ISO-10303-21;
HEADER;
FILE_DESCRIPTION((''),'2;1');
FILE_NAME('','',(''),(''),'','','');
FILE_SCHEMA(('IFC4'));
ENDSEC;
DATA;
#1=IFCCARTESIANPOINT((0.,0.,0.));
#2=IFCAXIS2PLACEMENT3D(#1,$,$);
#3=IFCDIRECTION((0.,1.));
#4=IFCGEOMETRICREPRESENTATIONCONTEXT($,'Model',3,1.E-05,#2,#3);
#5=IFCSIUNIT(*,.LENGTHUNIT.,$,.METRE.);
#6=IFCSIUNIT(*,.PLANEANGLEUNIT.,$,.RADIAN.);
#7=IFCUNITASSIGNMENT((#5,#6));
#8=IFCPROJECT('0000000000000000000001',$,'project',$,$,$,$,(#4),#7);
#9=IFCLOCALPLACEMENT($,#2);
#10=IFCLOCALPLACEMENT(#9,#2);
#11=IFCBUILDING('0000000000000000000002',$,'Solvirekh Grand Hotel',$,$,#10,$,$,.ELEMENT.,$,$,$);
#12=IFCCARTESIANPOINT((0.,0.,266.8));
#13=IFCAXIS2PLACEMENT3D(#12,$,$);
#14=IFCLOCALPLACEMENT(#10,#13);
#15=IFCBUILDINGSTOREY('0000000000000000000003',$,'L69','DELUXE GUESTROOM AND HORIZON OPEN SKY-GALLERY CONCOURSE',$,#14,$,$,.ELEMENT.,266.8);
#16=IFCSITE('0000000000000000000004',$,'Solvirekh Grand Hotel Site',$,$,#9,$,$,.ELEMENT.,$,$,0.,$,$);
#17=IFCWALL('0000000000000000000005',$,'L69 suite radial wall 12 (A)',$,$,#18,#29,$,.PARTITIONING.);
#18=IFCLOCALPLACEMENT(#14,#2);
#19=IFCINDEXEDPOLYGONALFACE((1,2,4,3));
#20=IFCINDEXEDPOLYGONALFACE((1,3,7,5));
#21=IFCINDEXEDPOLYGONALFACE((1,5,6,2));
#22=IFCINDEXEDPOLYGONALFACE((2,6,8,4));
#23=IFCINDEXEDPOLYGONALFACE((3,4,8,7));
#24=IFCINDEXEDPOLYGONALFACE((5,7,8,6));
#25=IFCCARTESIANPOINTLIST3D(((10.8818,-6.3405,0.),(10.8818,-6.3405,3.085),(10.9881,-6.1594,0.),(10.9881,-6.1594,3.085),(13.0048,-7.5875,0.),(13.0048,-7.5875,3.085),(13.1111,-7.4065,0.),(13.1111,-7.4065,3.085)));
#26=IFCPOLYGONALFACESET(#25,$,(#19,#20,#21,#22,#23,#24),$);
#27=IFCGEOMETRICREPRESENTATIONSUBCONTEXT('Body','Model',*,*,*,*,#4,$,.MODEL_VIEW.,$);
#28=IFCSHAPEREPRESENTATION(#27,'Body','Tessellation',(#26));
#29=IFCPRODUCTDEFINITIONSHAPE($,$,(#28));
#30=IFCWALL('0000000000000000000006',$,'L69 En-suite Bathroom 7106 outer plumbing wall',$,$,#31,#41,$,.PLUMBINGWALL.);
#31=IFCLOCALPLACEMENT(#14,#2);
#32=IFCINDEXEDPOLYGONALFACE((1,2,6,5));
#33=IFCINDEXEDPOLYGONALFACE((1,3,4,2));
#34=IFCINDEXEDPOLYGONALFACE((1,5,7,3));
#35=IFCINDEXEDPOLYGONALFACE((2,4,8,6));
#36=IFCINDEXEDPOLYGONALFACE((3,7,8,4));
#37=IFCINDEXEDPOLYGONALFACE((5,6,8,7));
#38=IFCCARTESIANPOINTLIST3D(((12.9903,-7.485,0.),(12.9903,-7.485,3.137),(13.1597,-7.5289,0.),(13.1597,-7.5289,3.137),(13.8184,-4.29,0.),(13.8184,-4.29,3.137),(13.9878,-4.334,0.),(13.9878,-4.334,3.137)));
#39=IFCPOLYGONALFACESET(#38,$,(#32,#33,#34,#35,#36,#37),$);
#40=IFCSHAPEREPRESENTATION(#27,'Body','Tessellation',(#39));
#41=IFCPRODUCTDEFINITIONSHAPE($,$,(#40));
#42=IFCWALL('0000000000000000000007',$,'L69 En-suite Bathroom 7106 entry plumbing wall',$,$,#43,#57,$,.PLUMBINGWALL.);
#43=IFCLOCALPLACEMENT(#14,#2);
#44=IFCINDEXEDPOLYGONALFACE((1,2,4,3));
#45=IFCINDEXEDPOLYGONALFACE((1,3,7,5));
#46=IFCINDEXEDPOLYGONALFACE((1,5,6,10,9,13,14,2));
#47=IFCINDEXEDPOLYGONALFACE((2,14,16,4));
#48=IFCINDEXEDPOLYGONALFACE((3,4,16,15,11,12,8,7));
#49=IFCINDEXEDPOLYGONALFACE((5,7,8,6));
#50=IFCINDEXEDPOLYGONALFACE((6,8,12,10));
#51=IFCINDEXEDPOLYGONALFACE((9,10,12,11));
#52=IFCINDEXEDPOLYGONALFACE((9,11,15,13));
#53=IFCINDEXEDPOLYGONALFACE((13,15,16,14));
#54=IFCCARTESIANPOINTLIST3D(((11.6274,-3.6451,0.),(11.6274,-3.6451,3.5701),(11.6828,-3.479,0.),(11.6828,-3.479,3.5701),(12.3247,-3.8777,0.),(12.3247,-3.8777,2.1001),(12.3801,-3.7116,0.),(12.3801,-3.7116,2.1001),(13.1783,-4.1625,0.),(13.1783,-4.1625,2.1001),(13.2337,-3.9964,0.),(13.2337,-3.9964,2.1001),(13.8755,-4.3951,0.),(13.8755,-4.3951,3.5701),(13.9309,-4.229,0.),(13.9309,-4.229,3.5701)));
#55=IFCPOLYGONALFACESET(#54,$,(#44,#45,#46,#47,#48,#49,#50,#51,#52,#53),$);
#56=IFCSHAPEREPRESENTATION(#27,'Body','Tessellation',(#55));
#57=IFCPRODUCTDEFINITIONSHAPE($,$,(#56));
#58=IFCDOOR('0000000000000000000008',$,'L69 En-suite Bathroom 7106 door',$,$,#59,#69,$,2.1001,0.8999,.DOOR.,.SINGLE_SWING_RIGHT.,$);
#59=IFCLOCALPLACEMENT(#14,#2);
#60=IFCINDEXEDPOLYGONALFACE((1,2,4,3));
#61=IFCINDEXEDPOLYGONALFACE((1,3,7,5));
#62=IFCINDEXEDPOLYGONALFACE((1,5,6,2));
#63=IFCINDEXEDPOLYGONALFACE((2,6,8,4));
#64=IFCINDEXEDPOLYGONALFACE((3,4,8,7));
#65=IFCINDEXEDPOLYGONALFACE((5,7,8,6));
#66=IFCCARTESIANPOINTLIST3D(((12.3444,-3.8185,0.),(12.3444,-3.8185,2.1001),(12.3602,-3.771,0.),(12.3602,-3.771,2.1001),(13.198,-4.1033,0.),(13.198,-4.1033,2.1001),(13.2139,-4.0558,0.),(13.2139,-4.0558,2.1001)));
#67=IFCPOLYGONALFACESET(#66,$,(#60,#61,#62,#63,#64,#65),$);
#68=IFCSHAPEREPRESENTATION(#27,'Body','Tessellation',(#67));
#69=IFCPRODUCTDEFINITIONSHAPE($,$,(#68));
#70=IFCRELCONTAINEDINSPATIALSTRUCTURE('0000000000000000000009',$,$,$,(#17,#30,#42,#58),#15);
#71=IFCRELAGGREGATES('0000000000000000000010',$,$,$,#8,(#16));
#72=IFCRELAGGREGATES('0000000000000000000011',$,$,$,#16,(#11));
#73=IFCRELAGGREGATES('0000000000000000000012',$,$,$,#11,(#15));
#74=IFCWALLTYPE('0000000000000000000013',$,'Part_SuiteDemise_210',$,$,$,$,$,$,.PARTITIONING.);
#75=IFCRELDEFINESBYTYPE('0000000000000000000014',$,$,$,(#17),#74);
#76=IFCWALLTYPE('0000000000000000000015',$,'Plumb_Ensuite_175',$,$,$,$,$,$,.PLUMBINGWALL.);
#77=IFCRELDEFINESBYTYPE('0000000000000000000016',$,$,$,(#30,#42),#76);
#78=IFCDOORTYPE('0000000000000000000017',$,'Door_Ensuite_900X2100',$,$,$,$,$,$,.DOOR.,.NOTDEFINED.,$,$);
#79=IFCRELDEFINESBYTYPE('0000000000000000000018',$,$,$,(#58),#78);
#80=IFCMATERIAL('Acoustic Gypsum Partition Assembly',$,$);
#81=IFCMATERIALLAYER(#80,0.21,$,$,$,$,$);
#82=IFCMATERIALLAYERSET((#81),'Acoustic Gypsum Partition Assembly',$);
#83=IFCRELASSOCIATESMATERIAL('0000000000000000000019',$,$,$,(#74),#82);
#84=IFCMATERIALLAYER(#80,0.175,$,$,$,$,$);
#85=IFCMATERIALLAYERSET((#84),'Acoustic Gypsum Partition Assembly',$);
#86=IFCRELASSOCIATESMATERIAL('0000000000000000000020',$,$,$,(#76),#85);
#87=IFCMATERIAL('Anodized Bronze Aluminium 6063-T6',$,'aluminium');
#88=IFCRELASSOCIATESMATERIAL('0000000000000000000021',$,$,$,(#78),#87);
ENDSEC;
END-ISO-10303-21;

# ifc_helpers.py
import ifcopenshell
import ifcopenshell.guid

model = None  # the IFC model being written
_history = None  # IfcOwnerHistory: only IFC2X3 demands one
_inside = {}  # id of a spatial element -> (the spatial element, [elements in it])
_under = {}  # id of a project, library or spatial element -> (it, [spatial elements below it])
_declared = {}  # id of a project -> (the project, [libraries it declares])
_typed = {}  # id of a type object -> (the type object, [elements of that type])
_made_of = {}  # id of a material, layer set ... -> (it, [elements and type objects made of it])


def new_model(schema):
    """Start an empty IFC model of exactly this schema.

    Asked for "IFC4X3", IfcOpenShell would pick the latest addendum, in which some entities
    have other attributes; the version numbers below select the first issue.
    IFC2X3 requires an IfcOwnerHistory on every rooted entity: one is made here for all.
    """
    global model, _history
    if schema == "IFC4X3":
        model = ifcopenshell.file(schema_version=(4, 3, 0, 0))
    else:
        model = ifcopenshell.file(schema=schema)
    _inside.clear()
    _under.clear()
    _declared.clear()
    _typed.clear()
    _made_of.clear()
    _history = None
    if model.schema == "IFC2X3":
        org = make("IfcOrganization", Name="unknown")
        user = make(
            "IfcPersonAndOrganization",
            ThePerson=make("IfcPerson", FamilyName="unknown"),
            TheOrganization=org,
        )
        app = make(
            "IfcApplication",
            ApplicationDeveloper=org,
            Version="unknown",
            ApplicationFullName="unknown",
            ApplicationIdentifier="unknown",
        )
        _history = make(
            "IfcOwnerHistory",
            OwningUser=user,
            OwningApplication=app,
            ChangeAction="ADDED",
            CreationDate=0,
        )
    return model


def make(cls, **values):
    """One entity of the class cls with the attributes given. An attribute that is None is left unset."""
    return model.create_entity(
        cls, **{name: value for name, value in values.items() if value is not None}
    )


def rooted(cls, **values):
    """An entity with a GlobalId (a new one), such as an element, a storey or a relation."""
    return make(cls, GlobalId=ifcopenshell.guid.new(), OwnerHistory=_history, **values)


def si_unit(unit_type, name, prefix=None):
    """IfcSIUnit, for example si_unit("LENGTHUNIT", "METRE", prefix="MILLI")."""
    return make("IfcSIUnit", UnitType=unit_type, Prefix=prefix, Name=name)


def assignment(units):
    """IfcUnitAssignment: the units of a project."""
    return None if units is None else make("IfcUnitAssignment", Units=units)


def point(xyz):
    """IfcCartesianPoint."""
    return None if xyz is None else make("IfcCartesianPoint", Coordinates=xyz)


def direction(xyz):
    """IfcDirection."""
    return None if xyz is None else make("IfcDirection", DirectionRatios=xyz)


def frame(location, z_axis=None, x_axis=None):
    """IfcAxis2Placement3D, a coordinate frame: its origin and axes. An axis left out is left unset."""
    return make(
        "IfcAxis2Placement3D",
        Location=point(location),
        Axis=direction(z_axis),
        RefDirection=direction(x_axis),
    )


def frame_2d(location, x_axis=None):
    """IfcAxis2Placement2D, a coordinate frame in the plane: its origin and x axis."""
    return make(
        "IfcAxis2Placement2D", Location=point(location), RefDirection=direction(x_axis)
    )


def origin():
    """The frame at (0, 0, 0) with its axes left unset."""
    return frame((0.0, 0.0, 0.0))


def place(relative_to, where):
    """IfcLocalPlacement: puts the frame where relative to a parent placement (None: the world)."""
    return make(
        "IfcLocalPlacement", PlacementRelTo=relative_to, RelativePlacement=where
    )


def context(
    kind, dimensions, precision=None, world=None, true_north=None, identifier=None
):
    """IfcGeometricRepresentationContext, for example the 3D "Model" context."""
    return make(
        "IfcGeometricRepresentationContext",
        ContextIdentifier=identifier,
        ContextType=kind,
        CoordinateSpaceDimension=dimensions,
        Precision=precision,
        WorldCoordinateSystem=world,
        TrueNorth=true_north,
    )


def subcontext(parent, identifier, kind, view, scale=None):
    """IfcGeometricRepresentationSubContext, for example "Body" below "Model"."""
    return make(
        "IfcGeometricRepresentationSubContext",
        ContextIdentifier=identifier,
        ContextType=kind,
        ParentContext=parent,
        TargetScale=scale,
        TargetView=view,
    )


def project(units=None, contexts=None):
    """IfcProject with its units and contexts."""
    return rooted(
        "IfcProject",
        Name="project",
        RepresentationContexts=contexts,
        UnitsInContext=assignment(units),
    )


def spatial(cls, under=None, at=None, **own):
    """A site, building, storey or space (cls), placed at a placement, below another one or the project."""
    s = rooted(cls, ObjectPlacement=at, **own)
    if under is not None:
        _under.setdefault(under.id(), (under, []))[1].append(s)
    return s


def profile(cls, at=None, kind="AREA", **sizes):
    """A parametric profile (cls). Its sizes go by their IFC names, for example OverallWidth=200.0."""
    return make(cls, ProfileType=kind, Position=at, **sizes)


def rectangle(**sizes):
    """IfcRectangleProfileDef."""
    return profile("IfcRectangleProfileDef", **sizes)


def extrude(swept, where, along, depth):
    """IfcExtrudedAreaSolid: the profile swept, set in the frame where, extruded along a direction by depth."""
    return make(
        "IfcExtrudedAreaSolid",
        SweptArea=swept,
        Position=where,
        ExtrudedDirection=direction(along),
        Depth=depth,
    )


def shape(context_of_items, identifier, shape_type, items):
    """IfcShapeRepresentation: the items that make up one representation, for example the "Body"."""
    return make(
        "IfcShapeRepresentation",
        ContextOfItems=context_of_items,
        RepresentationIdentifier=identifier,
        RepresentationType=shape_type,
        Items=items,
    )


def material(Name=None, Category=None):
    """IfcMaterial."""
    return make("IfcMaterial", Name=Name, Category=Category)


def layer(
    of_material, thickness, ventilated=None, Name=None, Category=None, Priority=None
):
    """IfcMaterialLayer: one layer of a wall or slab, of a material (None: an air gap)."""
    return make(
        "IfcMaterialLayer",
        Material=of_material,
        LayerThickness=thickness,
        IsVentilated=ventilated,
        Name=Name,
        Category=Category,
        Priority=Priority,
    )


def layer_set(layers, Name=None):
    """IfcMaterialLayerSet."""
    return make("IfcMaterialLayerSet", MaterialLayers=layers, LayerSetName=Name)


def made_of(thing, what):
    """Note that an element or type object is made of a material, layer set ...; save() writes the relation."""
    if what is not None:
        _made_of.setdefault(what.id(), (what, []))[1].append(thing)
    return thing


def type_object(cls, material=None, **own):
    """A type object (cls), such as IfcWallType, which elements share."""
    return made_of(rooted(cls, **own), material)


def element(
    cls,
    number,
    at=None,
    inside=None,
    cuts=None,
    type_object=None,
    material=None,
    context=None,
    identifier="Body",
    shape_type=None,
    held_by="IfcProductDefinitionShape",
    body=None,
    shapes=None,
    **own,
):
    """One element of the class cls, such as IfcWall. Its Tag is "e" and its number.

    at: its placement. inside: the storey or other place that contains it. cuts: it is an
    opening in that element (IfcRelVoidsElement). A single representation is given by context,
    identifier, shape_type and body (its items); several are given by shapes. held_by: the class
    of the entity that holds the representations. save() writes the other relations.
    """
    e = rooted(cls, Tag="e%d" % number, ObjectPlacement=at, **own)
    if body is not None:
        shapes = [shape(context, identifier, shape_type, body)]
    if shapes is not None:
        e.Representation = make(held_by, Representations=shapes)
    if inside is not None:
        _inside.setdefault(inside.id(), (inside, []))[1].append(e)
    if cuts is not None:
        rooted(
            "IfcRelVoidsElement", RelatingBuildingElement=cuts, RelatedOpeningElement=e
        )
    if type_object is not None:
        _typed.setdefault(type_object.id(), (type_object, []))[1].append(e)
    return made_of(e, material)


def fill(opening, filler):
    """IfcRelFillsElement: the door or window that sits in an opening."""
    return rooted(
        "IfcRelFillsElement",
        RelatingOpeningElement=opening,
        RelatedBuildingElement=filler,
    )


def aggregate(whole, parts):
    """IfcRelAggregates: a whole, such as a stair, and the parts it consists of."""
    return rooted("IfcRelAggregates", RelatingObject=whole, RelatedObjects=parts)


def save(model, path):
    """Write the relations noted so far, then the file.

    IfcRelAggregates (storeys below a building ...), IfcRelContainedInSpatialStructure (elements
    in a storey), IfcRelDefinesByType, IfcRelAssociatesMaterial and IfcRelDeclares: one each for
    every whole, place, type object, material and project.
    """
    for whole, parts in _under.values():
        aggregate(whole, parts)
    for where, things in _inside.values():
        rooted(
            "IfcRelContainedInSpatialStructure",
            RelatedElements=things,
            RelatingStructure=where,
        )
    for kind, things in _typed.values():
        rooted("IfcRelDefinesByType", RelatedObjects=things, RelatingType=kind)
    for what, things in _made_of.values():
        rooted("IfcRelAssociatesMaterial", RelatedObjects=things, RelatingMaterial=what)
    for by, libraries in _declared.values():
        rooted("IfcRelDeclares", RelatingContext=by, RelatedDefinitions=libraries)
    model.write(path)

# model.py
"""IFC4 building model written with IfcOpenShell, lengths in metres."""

from ifc_helpers import new_model, si_unit, direction, frame, frame_2d, origin, place, context, subcontext, project, spatial, rectangle, extrude, material, layer, layer_set, type_object, element, fill, save


model = new_model("IFC4")

# Units and contexts
model_context = context("Model", 3, precision=1e-05, world=origin(), true_north=direction((0.0, 1.0)))
body_context = subcontext(model_context, "Body", "Model", "MODEL_VIEW")
ifc_project = project(units=[si_unit("LENGTHUNIT", "METRE"), si_unit("PLANEANGLEUNIT", "RADIAN")], contexts=[model_context])

# Site, building, storey
site_placement = place(None, origin())
site = spatial("IfcSite", under=ifc_project, at=site_placement, Name="Solvirekh Grand Hotel Site", CompositionType="ELEMENT", RefElevation=0.0)
building_placement = place(site_placement, origin())
building = spatial("IfcBuilding", under=site, at=building_placement, Name="Solvirekh Grand Hotel", CompositionType="ELEMENT")
storey_placement = place(building_placement, frame((0.0, 0.0, 266.8)))
storey = spatial("IfcBuildingStorey", under=building, at=storey_placement, Name="L69", Description="DELUXE GUESTROOM AND HORIZON OPEN SKY-GALLERY CONCOURSE", CompositionType="ELEMENT", Elevation=266.8)

# Shared definitions
ifc_material_1 = material(Name="Anodized Bronze Aluminium 6063-T6", Category="aluminium")

# Shared definitions
ifc_material_2 = material(Name="Acoustic Gypsum Partition Assembly")

# Walls
ifc_layer_1 = layer(ifc_material_2, 0.21)
ifc_layer_set_1 = layer_set([ifc_layer_1], Name="Acoustic Gypsum Partition Assembly")
wall_type_1 = type_object("IfcWallType", Name="Part_SuiteDemise_210", PredefinedType="PARTITIONING", material=ifc_layer_set_1)
wall_1_placement = place(storey_placement, frame((10.9351, -6.25, 0.0), z_axis=(0.0, 0.0, 1.0), x_axis=(0.86225, -0.506483, 0.0)))
element("IfcWall", 1, at=wall_1_placement, inside=storey, type_object=wall_type_1, Name="L69 suite radial wall 12 (A)", PredefinedType="PARTITIONING", context=body_context, shape_type="SweptSolid", body=[
    extrude(rectangle(XDim=2.4622, YDim=0.21, at=frame_2d((1.231, 0.0))), origin(), (0.0, 0.0, 1.0), 3.085),
])
ifc_layer_2 = layer(ifc_material_2, 0.175)
ifc_layer_set_2 = layer_set([ifc_layer_2], Name="Acoustic Gypsum Partition Assembly")
wall_type_2 = type_object("IfcWallType", Name="Plumb_Ensuite_175", PredefinedType="PLUMBINGWALL", material=ifc_layer_set_2)
wall_2_placement = place(storey_placement, frame((13.075, -7.5071, 0.0), z_axis=(0.0, 0.0, 1.0), x_axis=(0.250898, 0.968014, 0.0)))
element("IfcWall", 2, at=wall_2_placement, inside=storey, type_object=wall_type_2, Name="L69 En-suite Bathroom 7106 outer plumbing wall", PredefinedType="PLUMBINGWALL", context=body_context, shape_type="SweptSolid", body=[
    extrude(rectangle(XDim=3.3005, YDim=0.175, at=frame_2d((1.6504, 0.0))), origin(), (0.0, 0.0, 1.0), 3.137),
])

# Wall, opening, door
wall_3_placement = place(storey_placement, frame((11.655, -3.562, 0.0), z_axis=(0.0, 0.0, 1.0), x_axis=(0.948601, -0.316475, 0.0)))
wall_3 = element("IfcWall", 3, at=wall_3_placement, inside=storey, type_object=wall_type_2, Name="L69 En-suite Bathroom 7106 entry plumbing wall", PredefinedType="PLUMBINGWALL", context=body_context, shape_type="SweptSolid", body=[
    extrude(rectangle(XDim=2.3699, YDim=0.175, at=frame_2d((1.1851, 0.0))), origin(), (0.0, 0.0, 1.0), 3.5701),
])
opening_1_placement = place(wall_3_placement, frame((0.7351, 0.0, 0.0)))
opening_1 = element("IfcOpeningElement", 4, at=opening_1_placement, cuts=wall_3, PredefinedType="OPENING", context=body_context, shape_type="SweptSolid", body=[
    extrude(rectangle(XDim=0.8999, YDim=2.1001, at=frame_2d((0.45, 1.05))), frame((0.0, 0.0977, 0.0), z_axis=(0.0, -1.0, 0.0), x_axis=(1.0, 0.0, 0.0)), (0.0, 0.0, 1.0), 0.1951),
])
door_type_1 = type_object("IfcDoorType", Name="Door_Ensuite_900X2100", OperationType="NOTDEFINED", PredefinedType="DOOR", material=ifc_material_1)
door_1_placement = place(opening_1_placement, origin())
door_1 = element("IfcDoor", 5, at=door_1_placement, inside=storey, type_object=door_type_1, Name="L69 En-suite Bathroom 7106 door", OperationType="SINGLE_SWING_RIGHT", OverallHeight=2.1001, OverallWidth=0.8999, PredefinedType="DOOR", context=body_context, shape_type="SweptSolid", body=[
    extrude(rectangle(XDim=0.8999, YDim=2.1001, at=frame_2d((0.45, 1.05))), frame((0.0, 0.0249, 0.0), z_axis=(0.0, -1.0, 0.0), x_axis=(1.0, 0.0, 0.0)), (0.0, 0.0, 1.0), 0.05),
])
fill(opening_1, door_1)

save(model, "model.ifc")
